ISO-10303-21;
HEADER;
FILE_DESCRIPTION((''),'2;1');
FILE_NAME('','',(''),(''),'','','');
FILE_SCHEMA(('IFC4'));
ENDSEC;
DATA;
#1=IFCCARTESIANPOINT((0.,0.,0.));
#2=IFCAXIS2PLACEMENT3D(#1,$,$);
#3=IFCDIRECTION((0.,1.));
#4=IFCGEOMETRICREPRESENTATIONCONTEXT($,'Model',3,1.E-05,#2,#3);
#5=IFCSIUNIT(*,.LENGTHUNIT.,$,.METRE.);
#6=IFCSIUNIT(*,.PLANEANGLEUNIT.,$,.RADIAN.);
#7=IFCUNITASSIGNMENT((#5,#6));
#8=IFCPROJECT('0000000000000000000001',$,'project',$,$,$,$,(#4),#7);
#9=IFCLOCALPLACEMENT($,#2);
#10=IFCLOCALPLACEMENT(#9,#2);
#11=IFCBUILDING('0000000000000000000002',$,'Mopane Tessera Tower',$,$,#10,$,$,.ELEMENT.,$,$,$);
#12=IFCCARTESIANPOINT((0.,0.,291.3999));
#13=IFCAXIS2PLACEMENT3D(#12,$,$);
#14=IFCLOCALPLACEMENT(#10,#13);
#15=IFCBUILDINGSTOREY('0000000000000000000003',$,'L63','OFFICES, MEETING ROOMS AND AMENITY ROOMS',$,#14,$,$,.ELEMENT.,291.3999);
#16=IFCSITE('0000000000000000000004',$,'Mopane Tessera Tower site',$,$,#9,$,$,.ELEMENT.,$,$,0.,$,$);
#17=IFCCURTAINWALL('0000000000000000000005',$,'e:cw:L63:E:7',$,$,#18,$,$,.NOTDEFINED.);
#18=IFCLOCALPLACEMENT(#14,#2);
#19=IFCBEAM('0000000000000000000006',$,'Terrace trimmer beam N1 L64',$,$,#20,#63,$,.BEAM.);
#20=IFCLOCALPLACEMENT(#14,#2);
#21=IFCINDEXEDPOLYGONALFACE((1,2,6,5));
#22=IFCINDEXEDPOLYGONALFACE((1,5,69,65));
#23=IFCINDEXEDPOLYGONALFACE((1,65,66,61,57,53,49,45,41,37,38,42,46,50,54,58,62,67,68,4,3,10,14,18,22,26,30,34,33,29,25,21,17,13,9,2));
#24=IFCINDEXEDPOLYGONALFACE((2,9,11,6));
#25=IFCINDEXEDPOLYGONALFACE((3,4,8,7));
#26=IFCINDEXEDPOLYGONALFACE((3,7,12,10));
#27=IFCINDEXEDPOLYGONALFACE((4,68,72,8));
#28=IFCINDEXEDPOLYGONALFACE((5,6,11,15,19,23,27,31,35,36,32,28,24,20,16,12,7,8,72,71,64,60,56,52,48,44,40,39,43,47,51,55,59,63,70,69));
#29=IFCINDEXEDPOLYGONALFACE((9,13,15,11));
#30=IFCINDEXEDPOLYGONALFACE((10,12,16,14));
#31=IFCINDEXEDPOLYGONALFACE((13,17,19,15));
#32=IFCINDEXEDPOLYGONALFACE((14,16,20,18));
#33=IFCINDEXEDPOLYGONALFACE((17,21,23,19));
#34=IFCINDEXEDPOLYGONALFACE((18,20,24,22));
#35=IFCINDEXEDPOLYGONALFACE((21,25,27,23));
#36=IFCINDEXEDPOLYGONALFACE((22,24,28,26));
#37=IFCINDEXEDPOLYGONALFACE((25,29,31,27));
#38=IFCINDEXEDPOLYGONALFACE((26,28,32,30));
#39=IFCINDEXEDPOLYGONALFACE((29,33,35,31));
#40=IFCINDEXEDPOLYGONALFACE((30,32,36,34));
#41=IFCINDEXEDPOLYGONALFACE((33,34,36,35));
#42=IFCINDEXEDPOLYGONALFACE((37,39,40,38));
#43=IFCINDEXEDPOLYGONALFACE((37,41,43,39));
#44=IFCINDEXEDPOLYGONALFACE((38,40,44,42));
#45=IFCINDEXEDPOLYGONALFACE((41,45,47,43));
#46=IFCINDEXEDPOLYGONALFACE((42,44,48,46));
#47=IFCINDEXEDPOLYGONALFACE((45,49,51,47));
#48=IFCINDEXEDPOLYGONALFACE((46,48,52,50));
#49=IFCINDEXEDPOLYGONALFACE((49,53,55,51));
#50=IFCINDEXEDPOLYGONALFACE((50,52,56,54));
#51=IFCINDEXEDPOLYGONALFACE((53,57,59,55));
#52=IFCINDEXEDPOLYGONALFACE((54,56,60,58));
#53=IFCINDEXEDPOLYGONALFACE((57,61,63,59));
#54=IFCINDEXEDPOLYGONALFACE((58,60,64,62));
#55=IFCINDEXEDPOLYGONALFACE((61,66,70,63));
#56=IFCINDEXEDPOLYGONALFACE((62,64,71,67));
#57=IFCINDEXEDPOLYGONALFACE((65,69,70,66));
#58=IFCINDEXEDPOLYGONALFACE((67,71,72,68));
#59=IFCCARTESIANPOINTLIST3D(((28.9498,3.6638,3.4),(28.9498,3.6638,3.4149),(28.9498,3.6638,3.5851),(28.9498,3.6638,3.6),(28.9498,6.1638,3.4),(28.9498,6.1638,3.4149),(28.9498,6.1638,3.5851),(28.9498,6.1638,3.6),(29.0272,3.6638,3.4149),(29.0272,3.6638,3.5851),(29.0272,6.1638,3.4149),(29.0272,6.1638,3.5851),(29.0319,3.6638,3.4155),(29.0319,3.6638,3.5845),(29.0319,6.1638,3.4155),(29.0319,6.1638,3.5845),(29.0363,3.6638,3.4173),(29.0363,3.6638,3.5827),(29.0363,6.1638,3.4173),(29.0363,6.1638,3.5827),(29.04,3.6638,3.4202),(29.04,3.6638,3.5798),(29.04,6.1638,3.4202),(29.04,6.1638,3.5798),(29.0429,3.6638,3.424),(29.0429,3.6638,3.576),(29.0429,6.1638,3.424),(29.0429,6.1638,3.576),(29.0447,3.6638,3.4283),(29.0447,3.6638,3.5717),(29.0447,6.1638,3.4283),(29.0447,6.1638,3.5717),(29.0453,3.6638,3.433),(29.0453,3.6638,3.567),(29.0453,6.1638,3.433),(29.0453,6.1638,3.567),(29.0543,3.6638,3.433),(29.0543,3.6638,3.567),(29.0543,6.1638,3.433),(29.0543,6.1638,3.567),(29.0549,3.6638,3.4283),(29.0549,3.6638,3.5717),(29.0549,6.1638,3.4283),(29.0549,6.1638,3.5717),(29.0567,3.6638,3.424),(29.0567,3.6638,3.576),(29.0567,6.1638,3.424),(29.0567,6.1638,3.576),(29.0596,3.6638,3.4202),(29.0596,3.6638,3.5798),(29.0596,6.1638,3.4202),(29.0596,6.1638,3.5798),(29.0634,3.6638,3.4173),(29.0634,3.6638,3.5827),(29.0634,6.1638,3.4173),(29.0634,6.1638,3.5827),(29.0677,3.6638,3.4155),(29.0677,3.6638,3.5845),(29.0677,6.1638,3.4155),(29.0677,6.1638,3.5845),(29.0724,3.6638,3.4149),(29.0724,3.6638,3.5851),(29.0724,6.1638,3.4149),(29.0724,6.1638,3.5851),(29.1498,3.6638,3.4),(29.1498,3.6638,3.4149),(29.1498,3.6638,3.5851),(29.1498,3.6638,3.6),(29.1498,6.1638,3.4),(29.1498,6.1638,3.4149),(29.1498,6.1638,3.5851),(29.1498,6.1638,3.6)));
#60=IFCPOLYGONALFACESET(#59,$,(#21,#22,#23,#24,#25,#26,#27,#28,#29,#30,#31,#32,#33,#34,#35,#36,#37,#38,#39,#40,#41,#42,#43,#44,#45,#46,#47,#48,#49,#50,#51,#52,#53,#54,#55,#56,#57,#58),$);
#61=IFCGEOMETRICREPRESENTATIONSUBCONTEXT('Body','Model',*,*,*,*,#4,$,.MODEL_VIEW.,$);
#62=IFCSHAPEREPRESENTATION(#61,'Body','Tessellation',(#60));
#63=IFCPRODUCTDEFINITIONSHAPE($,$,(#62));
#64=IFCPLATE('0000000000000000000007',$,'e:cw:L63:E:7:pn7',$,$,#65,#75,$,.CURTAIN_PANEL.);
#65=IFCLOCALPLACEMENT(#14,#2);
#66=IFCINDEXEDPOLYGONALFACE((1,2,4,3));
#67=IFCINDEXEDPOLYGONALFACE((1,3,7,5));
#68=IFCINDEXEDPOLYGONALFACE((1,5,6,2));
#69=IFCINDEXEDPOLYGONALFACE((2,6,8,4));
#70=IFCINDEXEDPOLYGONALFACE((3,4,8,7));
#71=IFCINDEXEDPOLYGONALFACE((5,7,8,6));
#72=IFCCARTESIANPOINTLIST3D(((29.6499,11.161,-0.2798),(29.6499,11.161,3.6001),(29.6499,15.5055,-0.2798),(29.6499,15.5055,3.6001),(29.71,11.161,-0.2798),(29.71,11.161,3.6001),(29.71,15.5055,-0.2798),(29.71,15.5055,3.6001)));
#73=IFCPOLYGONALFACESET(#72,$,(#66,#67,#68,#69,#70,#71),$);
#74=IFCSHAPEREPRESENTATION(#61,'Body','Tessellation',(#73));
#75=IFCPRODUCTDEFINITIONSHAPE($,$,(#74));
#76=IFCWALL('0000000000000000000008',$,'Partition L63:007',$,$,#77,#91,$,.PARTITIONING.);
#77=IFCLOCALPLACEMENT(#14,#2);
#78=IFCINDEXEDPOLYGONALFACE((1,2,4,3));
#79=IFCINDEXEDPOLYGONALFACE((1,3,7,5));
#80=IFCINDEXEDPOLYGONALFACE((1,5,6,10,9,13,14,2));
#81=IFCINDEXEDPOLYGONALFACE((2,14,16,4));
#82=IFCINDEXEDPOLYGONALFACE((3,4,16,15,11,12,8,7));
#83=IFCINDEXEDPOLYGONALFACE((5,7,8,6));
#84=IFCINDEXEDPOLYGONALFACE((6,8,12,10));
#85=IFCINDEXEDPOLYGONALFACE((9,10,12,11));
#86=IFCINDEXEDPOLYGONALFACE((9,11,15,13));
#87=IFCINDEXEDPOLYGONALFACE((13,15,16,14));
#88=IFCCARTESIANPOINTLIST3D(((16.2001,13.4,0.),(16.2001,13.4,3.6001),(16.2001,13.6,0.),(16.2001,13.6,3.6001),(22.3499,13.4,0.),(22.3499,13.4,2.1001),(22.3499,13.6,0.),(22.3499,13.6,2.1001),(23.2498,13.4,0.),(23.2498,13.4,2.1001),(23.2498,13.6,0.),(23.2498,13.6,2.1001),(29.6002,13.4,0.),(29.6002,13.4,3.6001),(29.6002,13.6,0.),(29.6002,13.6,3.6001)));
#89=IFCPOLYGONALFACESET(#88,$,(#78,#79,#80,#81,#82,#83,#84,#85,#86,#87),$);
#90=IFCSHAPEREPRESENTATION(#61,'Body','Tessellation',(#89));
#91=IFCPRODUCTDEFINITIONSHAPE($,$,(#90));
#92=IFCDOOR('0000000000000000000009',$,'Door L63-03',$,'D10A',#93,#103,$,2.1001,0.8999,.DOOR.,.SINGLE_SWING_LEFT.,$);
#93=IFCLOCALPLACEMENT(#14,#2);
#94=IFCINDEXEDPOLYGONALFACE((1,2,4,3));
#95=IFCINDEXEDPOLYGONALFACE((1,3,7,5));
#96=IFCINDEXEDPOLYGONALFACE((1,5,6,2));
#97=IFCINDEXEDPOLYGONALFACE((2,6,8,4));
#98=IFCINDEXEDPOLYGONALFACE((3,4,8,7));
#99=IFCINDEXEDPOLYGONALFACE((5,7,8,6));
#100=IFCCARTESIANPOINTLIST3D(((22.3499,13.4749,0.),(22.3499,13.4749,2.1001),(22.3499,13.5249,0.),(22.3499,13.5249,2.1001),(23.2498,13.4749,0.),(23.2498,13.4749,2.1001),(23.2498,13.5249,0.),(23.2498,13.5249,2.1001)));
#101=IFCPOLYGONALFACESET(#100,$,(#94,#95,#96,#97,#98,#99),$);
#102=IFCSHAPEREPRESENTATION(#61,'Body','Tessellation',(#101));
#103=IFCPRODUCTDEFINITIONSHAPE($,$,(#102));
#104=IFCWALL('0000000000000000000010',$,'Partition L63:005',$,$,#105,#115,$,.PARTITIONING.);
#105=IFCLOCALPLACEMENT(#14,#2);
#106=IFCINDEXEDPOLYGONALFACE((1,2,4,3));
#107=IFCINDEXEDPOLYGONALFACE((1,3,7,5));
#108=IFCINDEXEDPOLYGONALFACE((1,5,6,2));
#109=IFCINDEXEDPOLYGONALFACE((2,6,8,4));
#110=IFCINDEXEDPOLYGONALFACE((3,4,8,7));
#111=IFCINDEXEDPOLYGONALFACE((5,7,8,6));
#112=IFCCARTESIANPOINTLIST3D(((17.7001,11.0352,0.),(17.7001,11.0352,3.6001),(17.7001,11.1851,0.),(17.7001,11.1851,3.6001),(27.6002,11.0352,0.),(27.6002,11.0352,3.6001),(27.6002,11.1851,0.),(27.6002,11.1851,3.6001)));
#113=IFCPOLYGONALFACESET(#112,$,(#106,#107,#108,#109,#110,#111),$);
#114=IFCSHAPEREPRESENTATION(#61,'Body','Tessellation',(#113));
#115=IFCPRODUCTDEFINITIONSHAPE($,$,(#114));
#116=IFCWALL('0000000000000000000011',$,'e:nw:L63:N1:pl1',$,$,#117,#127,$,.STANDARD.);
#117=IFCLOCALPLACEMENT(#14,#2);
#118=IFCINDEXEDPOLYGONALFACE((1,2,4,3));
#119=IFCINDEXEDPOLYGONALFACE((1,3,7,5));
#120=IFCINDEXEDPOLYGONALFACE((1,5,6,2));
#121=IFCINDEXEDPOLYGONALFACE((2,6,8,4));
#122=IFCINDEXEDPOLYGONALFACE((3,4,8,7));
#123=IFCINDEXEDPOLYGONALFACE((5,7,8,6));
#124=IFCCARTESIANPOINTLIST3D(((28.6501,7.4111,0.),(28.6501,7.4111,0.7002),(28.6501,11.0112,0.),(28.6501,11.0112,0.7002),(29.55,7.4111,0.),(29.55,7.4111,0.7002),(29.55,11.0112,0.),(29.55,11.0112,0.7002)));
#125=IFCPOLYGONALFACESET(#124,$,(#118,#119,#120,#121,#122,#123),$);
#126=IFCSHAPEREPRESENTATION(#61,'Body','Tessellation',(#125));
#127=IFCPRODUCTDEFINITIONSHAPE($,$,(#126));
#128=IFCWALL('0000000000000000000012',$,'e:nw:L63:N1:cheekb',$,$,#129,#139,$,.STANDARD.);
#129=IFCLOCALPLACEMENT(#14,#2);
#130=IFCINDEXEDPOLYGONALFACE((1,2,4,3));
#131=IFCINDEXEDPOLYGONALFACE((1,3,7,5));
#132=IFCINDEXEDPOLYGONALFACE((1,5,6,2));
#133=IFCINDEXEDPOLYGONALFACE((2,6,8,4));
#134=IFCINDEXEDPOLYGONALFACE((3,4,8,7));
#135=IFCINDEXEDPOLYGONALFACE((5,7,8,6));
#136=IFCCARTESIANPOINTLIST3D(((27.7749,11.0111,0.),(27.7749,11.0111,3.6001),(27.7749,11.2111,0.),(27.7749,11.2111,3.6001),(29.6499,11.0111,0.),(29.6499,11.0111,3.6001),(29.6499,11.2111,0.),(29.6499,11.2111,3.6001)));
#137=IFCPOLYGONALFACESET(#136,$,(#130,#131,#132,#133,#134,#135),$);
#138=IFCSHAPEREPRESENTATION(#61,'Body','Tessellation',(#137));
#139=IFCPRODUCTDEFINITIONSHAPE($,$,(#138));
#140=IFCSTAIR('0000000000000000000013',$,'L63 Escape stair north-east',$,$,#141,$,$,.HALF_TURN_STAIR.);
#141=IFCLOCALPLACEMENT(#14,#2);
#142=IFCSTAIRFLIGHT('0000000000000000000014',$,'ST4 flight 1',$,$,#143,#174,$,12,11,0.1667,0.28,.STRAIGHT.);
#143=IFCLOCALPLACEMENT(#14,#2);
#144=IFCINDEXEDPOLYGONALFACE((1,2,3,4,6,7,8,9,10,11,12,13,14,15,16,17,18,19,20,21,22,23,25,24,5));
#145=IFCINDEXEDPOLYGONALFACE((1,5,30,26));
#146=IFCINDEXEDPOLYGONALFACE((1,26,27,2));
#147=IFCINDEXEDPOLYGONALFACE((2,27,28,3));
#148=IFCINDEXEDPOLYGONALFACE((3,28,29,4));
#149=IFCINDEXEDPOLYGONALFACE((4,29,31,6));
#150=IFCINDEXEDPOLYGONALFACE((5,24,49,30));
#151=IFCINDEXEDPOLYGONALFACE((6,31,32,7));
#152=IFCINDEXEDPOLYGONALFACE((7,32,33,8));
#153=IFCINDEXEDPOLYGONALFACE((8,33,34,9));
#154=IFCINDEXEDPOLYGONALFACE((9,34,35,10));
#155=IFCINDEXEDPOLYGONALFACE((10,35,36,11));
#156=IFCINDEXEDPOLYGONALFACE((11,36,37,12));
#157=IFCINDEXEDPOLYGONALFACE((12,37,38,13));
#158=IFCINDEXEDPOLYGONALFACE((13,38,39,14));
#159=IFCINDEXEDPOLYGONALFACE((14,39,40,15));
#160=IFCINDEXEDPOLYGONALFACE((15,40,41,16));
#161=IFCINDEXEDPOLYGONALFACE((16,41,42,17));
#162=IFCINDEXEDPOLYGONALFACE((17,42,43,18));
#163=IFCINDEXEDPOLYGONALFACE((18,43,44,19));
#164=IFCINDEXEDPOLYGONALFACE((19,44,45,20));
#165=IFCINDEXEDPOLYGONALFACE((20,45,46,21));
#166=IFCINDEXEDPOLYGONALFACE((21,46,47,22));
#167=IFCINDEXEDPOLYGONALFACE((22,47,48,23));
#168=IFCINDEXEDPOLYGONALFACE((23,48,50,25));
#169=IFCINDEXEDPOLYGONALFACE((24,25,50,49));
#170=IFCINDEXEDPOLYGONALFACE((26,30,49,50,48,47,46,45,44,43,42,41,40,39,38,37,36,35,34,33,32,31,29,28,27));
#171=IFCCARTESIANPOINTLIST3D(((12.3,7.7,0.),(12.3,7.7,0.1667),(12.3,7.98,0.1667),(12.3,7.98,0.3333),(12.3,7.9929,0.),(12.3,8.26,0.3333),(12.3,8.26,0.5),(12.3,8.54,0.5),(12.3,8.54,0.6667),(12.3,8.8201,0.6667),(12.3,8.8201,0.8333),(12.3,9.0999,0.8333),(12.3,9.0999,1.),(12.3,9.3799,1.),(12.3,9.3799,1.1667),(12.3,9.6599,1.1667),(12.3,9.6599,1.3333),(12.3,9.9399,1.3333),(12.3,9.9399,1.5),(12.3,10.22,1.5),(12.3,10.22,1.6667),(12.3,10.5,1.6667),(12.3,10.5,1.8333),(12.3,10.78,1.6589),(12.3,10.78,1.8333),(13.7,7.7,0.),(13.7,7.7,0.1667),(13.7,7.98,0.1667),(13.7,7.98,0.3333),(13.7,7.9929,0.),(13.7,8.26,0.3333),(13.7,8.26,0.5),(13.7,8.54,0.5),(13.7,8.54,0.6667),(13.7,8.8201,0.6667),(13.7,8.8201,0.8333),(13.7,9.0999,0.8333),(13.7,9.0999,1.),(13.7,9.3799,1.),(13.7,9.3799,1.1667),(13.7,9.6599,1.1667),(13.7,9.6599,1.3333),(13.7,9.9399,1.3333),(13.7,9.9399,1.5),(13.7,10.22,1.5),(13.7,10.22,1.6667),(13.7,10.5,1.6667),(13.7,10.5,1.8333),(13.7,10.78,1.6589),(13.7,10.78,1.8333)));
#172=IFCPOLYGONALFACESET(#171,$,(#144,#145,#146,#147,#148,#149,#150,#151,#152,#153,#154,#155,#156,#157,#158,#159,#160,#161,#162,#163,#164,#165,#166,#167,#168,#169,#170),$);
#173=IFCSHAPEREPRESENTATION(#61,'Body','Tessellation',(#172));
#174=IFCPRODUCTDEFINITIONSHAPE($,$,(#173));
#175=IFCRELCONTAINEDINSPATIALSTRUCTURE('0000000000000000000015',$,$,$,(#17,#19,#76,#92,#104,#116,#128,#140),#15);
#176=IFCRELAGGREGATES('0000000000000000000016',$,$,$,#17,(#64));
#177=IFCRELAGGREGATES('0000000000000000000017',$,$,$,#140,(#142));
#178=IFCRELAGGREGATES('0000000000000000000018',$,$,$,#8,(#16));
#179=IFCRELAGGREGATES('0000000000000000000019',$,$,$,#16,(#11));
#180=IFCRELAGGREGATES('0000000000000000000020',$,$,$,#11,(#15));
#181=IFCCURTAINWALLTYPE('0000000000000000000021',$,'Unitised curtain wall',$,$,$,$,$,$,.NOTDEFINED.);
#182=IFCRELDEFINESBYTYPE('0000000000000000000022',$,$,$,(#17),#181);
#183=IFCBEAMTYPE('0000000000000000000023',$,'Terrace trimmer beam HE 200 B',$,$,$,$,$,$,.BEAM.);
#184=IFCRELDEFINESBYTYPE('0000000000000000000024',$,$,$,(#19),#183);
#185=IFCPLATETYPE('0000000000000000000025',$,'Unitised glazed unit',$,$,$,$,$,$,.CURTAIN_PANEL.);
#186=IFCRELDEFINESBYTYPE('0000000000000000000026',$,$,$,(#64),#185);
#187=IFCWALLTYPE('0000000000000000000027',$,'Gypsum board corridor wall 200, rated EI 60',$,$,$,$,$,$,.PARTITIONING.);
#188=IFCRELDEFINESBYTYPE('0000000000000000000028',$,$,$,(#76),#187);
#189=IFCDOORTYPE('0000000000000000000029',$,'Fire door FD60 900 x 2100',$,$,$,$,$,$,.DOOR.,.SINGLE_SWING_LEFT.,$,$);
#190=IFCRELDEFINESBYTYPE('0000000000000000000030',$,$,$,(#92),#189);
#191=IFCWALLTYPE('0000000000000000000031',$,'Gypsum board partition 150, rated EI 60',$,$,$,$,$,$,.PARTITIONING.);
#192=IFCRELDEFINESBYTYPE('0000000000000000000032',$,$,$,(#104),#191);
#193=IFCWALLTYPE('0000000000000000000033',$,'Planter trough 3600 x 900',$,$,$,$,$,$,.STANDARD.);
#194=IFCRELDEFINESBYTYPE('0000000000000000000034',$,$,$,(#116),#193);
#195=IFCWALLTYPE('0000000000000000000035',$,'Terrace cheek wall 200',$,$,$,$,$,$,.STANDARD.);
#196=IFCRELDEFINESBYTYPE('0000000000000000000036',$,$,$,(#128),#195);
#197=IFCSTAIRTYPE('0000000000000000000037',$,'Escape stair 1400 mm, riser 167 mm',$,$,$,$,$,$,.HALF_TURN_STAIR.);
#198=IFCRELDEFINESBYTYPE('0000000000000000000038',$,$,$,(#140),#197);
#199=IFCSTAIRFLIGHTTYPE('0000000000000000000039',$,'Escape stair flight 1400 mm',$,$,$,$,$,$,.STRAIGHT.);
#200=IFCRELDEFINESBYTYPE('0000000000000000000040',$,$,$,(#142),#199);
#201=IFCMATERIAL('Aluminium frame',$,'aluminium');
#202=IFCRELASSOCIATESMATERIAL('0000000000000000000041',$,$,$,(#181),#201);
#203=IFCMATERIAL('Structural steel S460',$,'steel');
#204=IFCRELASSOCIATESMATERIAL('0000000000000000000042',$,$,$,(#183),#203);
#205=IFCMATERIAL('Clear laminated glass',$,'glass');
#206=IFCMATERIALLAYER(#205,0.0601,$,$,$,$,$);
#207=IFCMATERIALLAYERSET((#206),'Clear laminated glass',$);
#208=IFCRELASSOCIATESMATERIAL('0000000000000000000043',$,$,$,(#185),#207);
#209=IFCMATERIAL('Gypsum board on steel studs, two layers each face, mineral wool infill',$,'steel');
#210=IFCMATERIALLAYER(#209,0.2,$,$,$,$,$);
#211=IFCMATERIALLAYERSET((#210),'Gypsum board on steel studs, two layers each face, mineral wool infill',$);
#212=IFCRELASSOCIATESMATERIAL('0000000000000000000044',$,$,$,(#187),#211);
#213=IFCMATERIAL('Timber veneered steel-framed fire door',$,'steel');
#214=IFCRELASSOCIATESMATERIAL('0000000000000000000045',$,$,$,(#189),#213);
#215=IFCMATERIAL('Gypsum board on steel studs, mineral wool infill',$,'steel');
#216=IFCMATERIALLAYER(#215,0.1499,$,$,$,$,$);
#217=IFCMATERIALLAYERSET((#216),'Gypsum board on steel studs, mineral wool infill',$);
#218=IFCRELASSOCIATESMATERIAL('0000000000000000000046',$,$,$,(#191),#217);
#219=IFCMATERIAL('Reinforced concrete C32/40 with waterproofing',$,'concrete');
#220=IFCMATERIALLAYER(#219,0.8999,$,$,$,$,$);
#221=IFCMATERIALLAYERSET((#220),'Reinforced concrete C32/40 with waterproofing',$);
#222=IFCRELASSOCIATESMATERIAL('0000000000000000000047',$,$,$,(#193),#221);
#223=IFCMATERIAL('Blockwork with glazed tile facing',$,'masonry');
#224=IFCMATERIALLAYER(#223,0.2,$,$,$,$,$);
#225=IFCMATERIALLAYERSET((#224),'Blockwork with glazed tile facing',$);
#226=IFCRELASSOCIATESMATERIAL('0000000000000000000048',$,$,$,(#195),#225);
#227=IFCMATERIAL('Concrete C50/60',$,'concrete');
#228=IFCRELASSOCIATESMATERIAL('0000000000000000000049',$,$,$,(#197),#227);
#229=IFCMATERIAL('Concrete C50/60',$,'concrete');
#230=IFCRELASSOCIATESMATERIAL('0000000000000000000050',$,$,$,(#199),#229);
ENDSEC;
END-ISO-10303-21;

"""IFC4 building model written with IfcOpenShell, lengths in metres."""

from ifc_helpers import new_model, si_unit, direction, frame, frame_2d, origin, origin_2d, place, context, subcontext, project, spatial, polyline, rectangle, i_section, outline, extrude, material, layer, layer_set, material_profile, profile_set, type_object, element, fill, aggregate, save


model = new_model("IFC4")

# Units and contexts
model_context = context("Model", 3, precision=1e-05, world=origin(), true_north=direction((0.0, 1.0)))
body_context = subcontext(model_context, "Body", "Model", "MODEL_VIEW")
ifc_project = project(units=[si_unit("LENGTHUNIT", "METRE"), si_unit("PLANEANGLEUNIT", "RADIAN")], contexts=[model_context])

# Site, building, storey
site_placement = place(None, origin())
site = spatial("IfcSite", under=ifc_project, at=site_placement, Name="Mopane Tessera Tower site", CompositionType="ELEMENT", RefElevation=0.0)
building_placement = place(site_placement, origin())
building = spatial("IfcBuilding", under=site, at=building_placement, Name="Mopane Tessera Tower", CompositionType="ELEMENT")
storey_placement = place(building_placement, frame((0.0, 0.0, 291.3999)))
storey = spatial("IfcBuildingStorey", under=building, at=storey_placement, Name="L63", Description="OFFICES, MEETING ROOMS AND AMENITY ROOMS", CompositionType="ELEMENT", Elevation=291.3999)

# Curtain wall
ifc_material_1 = material(Name="Aluminium frame", Category="aluminium")
curtain_wall_type = type_object("IfcCurtainWallType", Name="Unitised curtain wall", PredefinedType="NOTDEFINED", material=ifc_material_1)
curtain_wall_placement = place(storey_placement, origin())
curtain_wall = element("IfcCurtainWall", 1, at=curtain_wall_placement, inside=storey, type_object=curtain_wall_type, Name="e:cw:L63:E:7", PredefinedType="NOTDEFINED")

# Beam
ifc_material_2 = material(Name="Structural steel S460", Category="steel")
ifc_material_profile_1 = material_profile(ifc_material_2, i_section(OverallWidth=0.2, OverallDepth=0.2, WebThickness=0.009, FlangeThickness=0.0149, FilletRadius=0.0181, at=origin_2d()))
ifc_profile_set_1 = profile_set([ifc_material_profile_1], Name="Structural steel S460")
beam_type_1 = type_object("IfcBeamType", Name="Terrace trimmer beam HE 200 B", PredefinedType="BEAM", material=ifc_profile_set_1)
beam_1_placement = place(storey_placement, frame((29.0498, 6.1638, 3.5), z_axis=(0.0, -1.0, 0.0), x_axis=(1.0, 0.0, 0.0)))
element("IfcBeam", 2, at=beam_1_placement, inside=storey, type_object=beam_type_1, Name="Terrace trimmer beam N1 L64", PredefinedType="BEAM", context=body_context, shape_type="SweptSolid", body=[
    extrude(i_section(OverallWidth=0.2, OverallDepth=0.2, WebThickness=0.009, FlangeThickness=0.0149, FilletRadius=0.0181, at=origin_2d()), origin(), (0.0, 0.0, 1.0), 2.5),
])

# Plate
ifc_material_3 = material(Name="Clear laminated glass", Category="glass")
ifc_layer_1 = layer(ifc_material_3, 0.0601)
ifc_layer_set_1 = layer_set([ifc_layer_1], Name="Clear laminated glass")
plate_type = type_object("IfcPlateType", Name="Unitised glazed unit", PredefinedType="CURTAIN_PANEL", material=ifc_layer_set_1)
plate_placement = place(storey_placement, frame((29.6799, 13.3333, -0.2798), z_axis=(0.0, 0.0, 1.0), x_axis=(0.0, 1.0, 0.0)))
plate = element("IfcPlate", 3, at=plate_placement, type_object=plate_type, Name="e:cw:L63:E:7:pn7", PredefinedType="CURTAIN_PANEL", context=body_context, shape_type="SweptSolid", body=[
    extrude(rectangle(XDim=4.3445, YDim=0.0601, at=origin_2d()), origin(), (0.0, 0.0, 1.0), 3.8799),
])
aggregate(curtain_wall, [plate])

# Wall, opening, door
ifc_material_4 = material(Name="Gypsum board on steel studs, two layers each face, mineral wool infill", Category="steel")
ifc_layer_2 = layer(ifc_material_4, 0.2)
ifc_layer_set_2 = layer_set([ifc_layer_2], Name="Gypsum board on steel studs, two layers each face, mineral wool infill")
wall_type_1 = type_object("IfcWallType", Name="Gypsum board corridor wall 200, rated EI 60", PredefinedType="PARTITIONING", material=ifc_layer_set_2)
wall_1_placement = place(storey_placement, frame((16.2, 13.5, 0.0), z_axis=(0.0, 0.0, 1.0), x_axis=(1.0, 0.0, 0.0)))
wall_1 = element("IfcWall", 4, at=wall_1_placement, inside=storey, type_object=wall_type_1, Name="Partition L63:007", PredefinedType="PARTITIONING", context=body_context, shape_type="SweptSolid", body=[
    extrude(rectangle(XDim=13.4001, YDim=0.2, at=frame_2d((6.7002, 0.0))), origin(), (0.0, 0.0, 1.0), 3.6001),
])
opening_placement = place(wall_1_placement, frame((6.1499, 0.0, 0.0)))
opening = element("IfcOpeningElement", 5, at=opening_placement, cuts=wall_1, PredefinedType="OPENING", context=body_context, shape_type="SweptSolid", body=[
    extrude(rectangle(XDim=0.8999, YDim=2.1001, at=frame_2d((0.45, 1.05))), frame((0.0, 0.1121, 0.0), z_axis=(0.0, -1.0, 0.0), x_axis=(1.0, 0.0, 0.0)), (0.0, 0.0, 1.0), 0.2239),
])
ifc_material_5 = material(Name="Timber veneered steel-framed fire door", Category="steel")
door_type = type_object("IfcDoorType", Name="Fire door FD60 900 x 2100", OperationType="SINGLE_SWING_LEFT", PredefinedType="DOOR", material=ifc_material_5)
door_placement = place(opening_placement, origin())
door = element("IfcDoor", 6, at=door_placement, inside=storey, type_object=door_type, Name="Door L63-03", ObjectType="D10A", OperationType="SINGLE_SWING_LEFT", OverallHeight=2.1001, OverallWidth=0.8999, PredefinedType="DOOR", context=body_context, shape_type="SweptSolid", body=[
    extrude(rectangle(XDim=0.8999, YDim=2.1001, at=frame_2d((0.45, 1.05))), frame((0.0, 0.0249, 0.0), z_axis=(0.0, -1.0, 0.0), x_axis=(1.0, 0.0, 0.0)), (0.0, 0.0, 1.0), 0.05),
])
fill(opening, door)

# Walls
ifc_material_6 = material(Name="Gypsum board on steel studs, mineral wool infill", Category="steel")
ifc_layer_3 = layer(ifc_material_6, 0.1499)
ifc_layer_set_3 = layer_set([ifc_layer_3], Name="Gypsum board on steel studs, mineral wool infill")
wall_type_2 = type_object("IfcWallType", Name="Gypsum board partition 150, rated EI 60", PredefinedType="PARTITIONING", material=ifc_layer_set_3)
wall_2_placement = place(storey_placement, frame((17.7, 11.1101, 0.0), z_axis=(0.0, 0.0, 1.0), x_axis=(1.0, 0.0, 0.0)))
element("IfcWall", 7, at=wall_2_placement, inside=storey, type_object=wall_type_2, Name="Partition L63:005", PredefinedType="PARTITIONING", context=body_context, shape_type="SweptSolid", body=[
    extrude(rectangle(XDim=9.9001, YDim=0.1499, at=frame_2d((4.9502, 0.0))), origin(), (0.0, 0.0, 1.0), 3.6001),
])
ifc_material_7 = material(Name="Reinforced concrete C32/40 with waterproofing", Category="concrete")
ifc_layer_4 = layer(ifc_material_7, 0.8999)
ifc_layer_set_4 = layer_set([ifc_layer_4], Name="Reinforced concrete C32/40 with waterproofing")
wall_type_3 = type_object("IfcWallType", Name="Planter trough 3600 x 900", PredefinedType="STANDARD", material=ifc_layer_set_4)
wall_3_placement = place(storey_placement, frame((29.1001, 7.4111, 0.0), z_axis=(0.0, 0.0, 1.0), x_axis=(0.0, 1.0, 0.0)))
element("IfcWall", 8, at=wall_3_placement, inside=storey, type_object=wall_type_3, Name="e:nw:L63:N1:pl1", PredefinedType="STANDARD", context=body_context, shape_type="SweptSolid", body=[
    extrude(rectangle(XDim=3.6001, YDim=0.8999, at=frame_2d((1.8, 0.0))), origin(), (0.0, 0.0, 1.0), 0.7002),
])
ifc_material_8 = material(Name="Blockwork with glazed tile facing", Category="masonry")
ifc_layer_5 = layer(ifc_material_8, 0.2)
ifc_layer_set_5 = layer_set([ifc_layer_5], Name="Blockwork with glazed tile facing")
wall_type_4 = type_object("IfcWallType", Name="Terrace cheek wall 200", PredefinedType="STANDARD", material=ifc_layer_set_5)
wall_4_placement = place(storey_placement, frame((29.6499, 11.1111, 0.0), z_axis=(0.0, 0.0, 1.0), x_axis=(-1.0, 0.0, 0.0)))
element("IfcWall", 9, at=wall_4_placement, inside=storey, type_object=wall_type_4, Name="e:nw:L63:N1:cheekb", PredefinedType="STANDARD", context=body_context, shape_type="SweptSolid", body=[
    extrude(rectangle(XDim=1.875, YDim=0.2, at=frame_2d((0.9375, 0.0))), origin(), (0.0, 0.0, 1.0), 3.6001),
])

# Stair, stair flight
ifc_material_9 = material(Name="Concrete C50/60", Category="concrete")
stair_type = type_object("IfcStairType", Name="Escape stair 1400 mm, riser 167 mm", PredefinedType="HALF_TURN_STAIR", material=ifc_material_9)
stair_placement = place(storey_placement, origin())
stair = element("IfcStair", 10, at=stair_placement, inside=storey, type_object=stair_type, Name="L63 Escape stair north-east", PredefinedType="HALF_TURN_STAIR")
ifc_material_10 = material(Name="Concrete C50/60", Category="concrete")
stair_flight_type = type_object("IfcStairFlightType", Name="Escape stair flight 1400 mm", PredefinedType="STRAIGHT", material=ifc_material_10)
stair_flight_placement = place(storey_placement, frame((13.0, 7.7, 0.0), z_axis=(0.0, 0.0, 1.0), x_axis=(0.0, 1.0, 0.0)))
stair_flight = element("IfcStairFlight", 11, at=stair_flight_placement, type_object=stair_flight_type, Name="ST4 flight 1", NumberOfRisers=12, NumberOfTreads=11, PredefinedType="STRAIGHT", RiserHeight=0.1667, TreadLength=0.28, context=body_context, shape_type="SweptSolid", body=[
    extrude(outline(polyline([(0.0, 0.0), (0.0, 0.1667), (0.28, 0.1667), (0.28, 0.3333), (0.5601, 0.3333), (0.5601, 0.5), (0.8401, 0.5), (0.8401, 0.6667), (1.1201, 0.6667), (1.1201, 0.8333), (1.3999, 0.8333), (1.3999, 1.0), (1.6799, 1.0), (1.6799, 1.1667), (1.96, 1.1667), (1.96, 1.3333), (2.24, 1.3333), (2.24, 1.5), (2.52, 1.5), (2.52, 1.6667), (2.8, 1.6667), (2.8, 1.8333), (3.0801, 1.8333), (3.0801, 2.0), (3.0801, 1.6589), (0.293, 0.0), (0.0, 0.0)])), frame((0.0, 0.7, 0.0), z_axis=(0.0, -1.0, 0.0), x_axis=(1.0, 0.0, 0.0)), (0.0, 0.0, 1.0), 1.3999),
])
aggregate(stair, [stair_flight])

save(model, "model.ifc")
